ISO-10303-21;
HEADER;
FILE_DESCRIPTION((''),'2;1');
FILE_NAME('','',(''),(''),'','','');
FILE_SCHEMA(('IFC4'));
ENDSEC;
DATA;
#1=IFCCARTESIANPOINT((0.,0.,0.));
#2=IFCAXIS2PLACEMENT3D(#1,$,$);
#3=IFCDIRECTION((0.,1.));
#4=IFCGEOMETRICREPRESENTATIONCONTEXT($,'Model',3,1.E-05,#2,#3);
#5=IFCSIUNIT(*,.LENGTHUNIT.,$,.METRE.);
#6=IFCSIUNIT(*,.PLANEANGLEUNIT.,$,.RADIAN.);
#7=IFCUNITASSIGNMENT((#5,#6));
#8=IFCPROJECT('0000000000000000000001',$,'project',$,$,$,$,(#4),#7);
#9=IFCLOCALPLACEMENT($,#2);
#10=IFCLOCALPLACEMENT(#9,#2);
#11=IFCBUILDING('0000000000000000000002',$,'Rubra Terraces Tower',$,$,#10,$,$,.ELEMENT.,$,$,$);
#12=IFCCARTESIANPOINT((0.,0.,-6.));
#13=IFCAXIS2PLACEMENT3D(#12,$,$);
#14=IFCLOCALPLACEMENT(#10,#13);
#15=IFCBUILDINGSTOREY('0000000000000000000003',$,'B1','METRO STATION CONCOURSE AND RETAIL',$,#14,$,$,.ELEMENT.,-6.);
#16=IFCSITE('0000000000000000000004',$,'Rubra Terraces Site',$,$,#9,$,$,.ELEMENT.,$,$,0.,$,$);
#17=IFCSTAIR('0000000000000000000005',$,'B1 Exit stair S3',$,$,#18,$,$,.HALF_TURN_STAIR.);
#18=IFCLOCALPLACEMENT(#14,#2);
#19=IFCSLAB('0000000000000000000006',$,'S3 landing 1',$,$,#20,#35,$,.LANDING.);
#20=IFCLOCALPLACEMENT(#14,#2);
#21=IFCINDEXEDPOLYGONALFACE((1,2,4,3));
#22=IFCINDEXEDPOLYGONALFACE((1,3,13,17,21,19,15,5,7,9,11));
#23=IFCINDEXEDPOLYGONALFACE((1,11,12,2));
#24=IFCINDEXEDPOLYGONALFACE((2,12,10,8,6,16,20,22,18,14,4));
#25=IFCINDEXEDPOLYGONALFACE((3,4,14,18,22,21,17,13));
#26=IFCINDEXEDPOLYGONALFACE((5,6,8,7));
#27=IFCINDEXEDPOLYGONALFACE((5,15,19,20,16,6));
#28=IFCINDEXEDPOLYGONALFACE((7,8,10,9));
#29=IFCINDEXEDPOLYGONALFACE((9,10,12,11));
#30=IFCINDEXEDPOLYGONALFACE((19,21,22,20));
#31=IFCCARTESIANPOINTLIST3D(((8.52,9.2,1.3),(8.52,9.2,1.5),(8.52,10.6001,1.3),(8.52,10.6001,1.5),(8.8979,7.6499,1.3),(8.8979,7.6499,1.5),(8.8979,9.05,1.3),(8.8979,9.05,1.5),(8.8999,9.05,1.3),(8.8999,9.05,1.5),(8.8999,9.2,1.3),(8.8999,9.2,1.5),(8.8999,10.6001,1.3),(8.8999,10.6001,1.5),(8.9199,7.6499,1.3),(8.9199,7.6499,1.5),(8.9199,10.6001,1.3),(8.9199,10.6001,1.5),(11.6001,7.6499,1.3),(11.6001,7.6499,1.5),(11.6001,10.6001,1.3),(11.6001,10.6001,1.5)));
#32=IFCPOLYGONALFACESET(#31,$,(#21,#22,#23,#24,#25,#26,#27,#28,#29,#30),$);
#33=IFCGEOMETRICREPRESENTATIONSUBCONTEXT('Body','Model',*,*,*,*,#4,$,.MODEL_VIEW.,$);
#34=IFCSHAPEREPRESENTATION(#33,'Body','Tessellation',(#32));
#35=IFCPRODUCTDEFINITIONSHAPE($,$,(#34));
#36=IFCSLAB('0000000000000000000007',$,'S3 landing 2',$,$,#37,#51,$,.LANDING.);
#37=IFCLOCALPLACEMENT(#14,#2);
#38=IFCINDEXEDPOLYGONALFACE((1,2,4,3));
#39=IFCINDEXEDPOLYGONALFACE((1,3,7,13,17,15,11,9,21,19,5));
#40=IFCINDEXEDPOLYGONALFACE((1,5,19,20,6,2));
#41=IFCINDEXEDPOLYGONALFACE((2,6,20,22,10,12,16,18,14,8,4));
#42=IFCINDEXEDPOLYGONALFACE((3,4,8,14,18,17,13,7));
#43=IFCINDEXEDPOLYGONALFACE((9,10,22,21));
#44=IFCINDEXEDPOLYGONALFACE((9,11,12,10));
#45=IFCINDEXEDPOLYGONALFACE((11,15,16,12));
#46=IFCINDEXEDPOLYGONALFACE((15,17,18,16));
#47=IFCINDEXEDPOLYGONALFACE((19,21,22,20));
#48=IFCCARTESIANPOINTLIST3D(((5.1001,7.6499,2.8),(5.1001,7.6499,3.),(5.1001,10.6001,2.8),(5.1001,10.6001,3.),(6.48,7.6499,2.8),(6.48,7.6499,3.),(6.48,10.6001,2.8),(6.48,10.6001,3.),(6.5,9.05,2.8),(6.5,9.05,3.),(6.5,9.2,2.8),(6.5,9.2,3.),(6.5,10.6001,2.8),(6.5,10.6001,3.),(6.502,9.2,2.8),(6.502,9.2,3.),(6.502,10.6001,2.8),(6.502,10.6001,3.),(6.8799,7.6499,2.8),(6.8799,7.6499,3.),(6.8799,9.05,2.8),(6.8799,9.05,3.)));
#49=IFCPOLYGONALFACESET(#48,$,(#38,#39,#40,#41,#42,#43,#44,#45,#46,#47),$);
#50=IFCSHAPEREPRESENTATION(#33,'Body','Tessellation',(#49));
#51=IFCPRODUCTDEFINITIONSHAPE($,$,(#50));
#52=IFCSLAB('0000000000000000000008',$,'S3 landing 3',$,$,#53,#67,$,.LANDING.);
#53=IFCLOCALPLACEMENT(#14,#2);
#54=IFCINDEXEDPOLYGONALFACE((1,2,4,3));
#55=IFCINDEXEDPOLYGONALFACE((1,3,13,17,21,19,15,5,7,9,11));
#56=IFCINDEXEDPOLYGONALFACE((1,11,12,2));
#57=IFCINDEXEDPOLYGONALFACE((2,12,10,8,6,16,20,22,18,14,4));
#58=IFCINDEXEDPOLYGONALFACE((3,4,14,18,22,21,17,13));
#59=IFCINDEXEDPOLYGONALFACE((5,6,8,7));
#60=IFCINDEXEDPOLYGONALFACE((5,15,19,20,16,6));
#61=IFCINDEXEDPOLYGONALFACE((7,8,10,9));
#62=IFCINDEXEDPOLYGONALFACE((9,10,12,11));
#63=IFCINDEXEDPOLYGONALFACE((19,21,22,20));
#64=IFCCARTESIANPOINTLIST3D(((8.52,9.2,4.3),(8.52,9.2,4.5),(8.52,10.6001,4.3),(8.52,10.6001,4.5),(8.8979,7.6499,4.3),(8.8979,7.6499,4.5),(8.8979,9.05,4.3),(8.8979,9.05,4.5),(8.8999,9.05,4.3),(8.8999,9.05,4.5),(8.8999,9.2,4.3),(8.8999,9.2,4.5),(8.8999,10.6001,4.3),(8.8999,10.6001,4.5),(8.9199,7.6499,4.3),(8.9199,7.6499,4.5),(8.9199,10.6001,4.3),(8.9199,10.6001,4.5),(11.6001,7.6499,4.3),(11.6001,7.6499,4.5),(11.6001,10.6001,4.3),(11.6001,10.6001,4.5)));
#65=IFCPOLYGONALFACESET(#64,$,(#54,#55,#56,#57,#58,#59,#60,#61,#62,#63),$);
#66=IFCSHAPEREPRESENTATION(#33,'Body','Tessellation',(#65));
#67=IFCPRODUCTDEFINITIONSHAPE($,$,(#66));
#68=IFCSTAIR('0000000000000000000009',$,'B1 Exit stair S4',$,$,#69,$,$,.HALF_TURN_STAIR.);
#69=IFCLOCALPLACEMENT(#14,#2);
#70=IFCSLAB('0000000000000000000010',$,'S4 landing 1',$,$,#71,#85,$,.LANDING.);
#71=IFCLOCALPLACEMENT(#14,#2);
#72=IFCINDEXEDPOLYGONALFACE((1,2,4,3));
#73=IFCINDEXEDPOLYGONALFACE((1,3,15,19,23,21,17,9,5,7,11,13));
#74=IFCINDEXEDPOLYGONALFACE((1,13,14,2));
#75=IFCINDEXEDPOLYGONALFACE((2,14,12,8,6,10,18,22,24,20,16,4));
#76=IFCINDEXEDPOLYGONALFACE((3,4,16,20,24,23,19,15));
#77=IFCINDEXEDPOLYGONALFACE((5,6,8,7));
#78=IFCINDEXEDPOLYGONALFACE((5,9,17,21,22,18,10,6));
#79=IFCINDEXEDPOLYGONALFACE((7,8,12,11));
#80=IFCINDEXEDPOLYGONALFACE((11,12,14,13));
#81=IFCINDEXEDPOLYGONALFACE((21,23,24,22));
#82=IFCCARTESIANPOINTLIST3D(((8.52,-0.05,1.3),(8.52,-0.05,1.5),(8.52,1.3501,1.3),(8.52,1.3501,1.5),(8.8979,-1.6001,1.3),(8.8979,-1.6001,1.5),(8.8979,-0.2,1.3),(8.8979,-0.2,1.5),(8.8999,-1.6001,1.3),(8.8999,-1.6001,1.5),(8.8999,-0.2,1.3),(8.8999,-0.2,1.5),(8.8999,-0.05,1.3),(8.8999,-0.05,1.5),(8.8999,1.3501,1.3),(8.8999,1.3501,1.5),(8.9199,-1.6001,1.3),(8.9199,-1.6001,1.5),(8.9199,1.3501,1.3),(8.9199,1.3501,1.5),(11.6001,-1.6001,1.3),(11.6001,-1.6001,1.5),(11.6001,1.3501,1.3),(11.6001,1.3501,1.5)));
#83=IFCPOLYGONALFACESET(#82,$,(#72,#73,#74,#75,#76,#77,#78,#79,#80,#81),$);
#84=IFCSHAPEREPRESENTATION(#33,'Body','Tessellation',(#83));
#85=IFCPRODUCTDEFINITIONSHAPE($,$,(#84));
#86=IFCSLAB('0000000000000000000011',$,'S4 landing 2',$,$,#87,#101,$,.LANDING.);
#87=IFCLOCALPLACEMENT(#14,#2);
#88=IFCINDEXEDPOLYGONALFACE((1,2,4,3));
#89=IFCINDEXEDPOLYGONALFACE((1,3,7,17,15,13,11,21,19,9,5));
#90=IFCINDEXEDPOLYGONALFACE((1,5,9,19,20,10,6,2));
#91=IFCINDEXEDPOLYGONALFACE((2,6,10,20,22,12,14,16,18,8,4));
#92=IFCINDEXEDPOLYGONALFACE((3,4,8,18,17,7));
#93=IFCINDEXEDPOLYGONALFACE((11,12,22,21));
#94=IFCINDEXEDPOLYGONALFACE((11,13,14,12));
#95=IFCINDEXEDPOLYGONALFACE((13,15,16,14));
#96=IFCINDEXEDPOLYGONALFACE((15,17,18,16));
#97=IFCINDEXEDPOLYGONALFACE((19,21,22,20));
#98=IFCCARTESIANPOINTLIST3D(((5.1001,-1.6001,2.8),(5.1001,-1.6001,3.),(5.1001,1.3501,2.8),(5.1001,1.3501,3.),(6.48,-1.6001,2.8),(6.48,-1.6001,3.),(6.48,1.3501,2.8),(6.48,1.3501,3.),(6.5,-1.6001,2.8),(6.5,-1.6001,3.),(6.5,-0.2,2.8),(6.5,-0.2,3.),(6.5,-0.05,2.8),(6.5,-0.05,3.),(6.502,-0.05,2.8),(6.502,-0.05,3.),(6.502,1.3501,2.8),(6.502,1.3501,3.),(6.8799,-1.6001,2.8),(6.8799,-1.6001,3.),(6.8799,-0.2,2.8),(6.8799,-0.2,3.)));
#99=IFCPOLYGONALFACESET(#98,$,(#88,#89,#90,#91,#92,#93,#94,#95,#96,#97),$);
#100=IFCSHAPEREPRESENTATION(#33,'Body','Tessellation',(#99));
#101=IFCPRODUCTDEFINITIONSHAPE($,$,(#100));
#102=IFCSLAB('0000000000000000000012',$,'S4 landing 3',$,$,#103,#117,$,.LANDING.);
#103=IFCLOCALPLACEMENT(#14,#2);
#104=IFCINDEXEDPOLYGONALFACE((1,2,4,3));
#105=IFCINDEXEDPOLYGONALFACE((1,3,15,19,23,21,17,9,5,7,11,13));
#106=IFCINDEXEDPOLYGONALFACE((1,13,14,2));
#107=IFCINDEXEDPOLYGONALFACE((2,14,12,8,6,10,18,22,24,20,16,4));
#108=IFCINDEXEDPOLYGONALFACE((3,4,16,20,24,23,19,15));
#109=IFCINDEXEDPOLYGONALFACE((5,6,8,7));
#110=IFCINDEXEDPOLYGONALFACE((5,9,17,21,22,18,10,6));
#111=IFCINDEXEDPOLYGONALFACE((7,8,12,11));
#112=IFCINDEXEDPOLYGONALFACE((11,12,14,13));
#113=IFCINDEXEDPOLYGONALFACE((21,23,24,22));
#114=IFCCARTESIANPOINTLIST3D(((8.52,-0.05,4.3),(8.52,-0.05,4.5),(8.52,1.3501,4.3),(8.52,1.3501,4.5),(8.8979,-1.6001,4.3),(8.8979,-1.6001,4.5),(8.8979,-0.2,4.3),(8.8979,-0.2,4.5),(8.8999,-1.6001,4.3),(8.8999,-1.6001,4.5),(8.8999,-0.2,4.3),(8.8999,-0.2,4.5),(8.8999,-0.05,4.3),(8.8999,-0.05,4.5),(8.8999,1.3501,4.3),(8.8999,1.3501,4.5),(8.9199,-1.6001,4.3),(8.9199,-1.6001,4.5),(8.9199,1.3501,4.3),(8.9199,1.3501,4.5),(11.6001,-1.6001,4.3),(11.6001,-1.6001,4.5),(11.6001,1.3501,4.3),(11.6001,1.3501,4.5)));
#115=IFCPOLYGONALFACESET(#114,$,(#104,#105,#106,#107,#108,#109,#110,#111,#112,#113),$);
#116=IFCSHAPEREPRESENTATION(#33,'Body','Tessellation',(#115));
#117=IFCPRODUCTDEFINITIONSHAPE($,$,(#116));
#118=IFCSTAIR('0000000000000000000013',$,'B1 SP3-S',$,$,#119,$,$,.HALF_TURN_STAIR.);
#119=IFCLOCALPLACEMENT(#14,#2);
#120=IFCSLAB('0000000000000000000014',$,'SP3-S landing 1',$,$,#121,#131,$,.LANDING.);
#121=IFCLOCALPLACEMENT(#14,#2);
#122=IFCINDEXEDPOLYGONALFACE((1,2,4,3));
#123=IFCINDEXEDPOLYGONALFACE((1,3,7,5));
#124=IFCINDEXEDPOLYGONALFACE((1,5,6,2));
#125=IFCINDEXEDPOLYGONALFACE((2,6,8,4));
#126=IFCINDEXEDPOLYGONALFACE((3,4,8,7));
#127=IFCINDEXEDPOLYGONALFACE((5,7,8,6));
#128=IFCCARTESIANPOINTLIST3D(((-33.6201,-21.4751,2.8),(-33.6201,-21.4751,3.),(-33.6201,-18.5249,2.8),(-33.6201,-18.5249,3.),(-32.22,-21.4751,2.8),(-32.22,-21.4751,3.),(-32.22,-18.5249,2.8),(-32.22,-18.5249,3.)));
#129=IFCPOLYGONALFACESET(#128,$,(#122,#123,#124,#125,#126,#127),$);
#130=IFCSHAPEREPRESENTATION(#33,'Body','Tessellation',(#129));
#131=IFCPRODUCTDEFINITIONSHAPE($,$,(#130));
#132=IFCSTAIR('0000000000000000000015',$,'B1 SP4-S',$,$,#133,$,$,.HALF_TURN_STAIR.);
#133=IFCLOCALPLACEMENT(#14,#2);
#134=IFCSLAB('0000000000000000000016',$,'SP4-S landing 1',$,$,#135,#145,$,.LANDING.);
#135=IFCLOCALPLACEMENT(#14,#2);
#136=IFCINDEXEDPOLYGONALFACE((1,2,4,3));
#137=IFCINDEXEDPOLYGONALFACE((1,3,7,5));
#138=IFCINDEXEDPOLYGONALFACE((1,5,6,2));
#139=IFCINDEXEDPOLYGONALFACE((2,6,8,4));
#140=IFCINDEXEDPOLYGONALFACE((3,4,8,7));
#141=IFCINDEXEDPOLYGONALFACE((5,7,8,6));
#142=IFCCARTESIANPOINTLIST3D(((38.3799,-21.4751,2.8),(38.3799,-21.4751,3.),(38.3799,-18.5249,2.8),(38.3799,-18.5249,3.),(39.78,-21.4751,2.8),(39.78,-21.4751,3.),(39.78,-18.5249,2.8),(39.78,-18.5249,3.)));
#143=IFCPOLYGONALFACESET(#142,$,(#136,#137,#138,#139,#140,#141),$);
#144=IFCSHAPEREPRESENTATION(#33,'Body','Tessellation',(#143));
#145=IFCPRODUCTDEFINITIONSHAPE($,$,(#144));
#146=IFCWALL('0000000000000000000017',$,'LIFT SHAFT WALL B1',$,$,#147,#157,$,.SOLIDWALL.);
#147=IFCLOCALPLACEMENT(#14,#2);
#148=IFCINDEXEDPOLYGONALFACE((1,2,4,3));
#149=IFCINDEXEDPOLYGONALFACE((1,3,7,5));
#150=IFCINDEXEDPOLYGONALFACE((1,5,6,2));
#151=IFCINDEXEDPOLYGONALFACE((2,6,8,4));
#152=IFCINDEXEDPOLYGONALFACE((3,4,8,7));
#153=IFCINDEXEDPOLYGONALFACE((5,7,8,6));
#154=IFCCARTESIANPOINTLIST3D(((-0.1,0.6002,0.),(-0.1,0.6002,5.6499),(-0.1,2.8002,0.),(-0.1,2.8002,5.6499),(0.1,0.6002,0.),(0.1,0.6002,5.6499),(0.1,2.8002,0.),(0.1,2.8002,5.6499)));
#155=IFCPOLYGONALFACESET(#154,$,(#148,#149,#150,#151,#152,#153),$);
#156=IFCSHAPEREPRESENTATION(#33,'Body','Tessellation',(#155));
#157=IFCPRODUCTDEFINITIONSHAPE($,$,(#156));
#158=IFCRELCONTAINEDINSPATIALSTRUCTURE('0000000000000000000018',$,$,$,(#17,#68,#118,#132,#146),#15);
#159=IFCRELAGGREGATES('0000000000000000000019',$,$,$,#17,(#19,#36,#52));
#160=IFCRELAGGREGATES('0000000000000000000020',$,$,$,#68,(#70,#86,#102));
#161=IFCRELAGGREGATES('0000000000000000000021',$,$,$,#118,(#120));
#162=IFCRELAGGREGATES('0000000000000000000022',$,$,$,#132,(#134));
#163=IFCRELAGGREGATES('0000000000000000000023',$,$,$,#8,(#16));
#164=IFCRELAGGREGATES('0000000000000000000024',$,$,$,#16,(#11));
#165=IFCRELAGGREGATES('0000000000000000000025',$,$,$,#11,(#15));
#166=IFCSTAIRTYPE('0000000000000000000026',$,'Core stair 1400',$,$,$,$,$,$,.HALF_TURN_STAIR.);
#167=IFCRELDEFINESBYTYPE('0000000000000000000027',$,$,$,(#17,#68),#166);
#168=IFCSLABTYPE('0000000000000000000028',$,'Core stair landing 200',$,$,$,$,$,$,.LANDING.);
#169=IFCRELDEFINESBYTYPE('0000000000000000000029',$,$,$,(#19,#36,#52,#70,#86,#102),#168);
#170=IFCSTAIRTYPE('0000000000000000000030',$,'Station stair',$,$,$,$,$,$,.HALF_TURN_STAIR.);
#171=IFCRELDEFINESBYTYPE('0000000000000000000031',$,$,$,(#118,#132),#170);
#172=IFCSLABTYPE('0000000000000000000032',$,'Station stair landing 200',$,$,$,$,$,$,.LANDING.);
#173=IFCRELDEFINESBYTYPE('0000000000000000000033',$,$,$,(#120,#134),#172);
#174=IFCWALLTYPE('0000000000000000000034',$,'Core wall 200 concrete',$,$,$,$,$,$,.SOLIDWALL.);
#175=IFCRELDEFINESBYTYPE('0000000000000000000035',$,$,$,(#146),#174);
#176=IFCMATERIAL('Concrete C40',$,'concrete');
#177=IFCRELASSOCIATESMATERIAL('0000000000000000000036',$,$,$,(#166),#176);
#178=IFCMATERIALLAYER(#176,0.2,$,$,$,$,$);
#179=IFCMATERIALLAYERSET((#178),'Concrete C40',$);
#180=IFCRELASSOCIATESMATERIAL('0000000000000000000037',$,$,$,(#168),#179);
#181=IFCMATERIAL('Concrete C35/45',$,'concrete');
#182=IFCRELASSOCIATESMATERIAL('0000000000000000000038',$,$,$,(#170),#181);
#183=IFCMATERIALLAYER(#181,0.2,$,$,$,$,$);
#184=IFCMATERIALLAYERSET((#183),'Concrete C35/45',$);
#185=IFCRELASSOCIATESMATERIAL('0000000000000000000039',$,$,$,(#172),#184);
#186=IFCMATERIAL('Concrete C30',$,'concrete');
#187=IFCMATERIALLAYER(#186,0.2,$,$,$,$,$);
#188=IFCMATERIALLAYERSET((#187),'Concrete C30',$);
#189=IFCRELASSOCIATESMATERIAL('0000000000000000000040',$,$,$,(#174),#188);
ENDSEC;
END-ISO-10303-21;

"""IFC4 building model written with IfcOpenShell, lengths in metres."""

from ifc_helpers import new_model, si_unit, direction, frame, frame_2d, origin, place, context, subcontext, project, spatial, polyline, rectangle, outline, extrude, material, layer, layer_set, type_object, element, aggregate, save


model = new_model("IFC4")

# Units and contexts
model_context = context("Model", 3, precision=1e-05, world=origin(), true_north=direction((0.0, 1.0)))
body_context = subcontext(model_context, "Body", "Model", "MODEL_VIEW")
ifc_project = project(units=[si_unit("LENGTHUNIT", "METRE"), si_unit("PLANEANGLEUNIT", "RADIAN")], contexts=[model_context])

# Site, building, storey
site_placement = place(None, origin())
site = spatial("IfcSite", under=ifc_project, at=site_placement, Name="Rubra Terraces Site", CompositionType="ELEMENT", RefElevation=0.0)
building_placement = place(site_placement, origin())
building = spatial("IfcBuilding", under=site, at=building_placement, Name="Rubra Terraces Tower", CompositionType="ELEMENT")
storey_placement = place(building_placement, frame((0.0, 0.0, -6.0)))
storey = spatial("IfcBuildingStorey", under=building, at=storey_placement, Name="B1", Description="METRO STATION CONCOURSE AND RETAIL", CompositionType="ELEMENT", Elevation=-6.0)

# Shared definitions
ifc_material_1 = material(Name="Concrete C40", Category="concrete")

# Stairs, slabs
stair_type_1 = type_object("IfcStairType", Name="Core stair 1400", PredefinedType="HALF_TURN_STAIR", material=ifc_material_1)
ifc_layer_1 = layer(ifc_material_1, 0.2)
ifc_layer_set_1 = layer_set([ifc_layer_1], Name="Concrete C40")
slab_type_1 = type_object("IfcSlabType", Name="Core stair landing 200", PredefinedType="LANDING", material=ifc_layer_set_1)
stair_1_placement = place(storey_placement, origin())
stair_1 = element("IfcStair", 1, at=stair_1_placement, inside=storey, type_object=stair_type_1, Name="B1 Exit stair S3", PredefinedType="HALF_TURN_STAIR")
slab_1_placement = place(storey_placement, frame((0.0, 0.0, 1.3)))
slab_1 = element("IfcSlab", 2, at=slab_1_placement, type_object=slab_type_1, Name="S3 landing 1", PredefinedType="LANDING", context=body_context, shape_type="SweptSolid", body=[
    extrude(outline(polyline([(8.8999, 9.05), (8.8999, 9.2), (8.52, 9.2), (8.52, 10.6001), (8.8999, 10.6001), (8.9199, 10.6001), (11.6001, 10.6001), (11.6001, 7.6499), (8.9199, 7.6499), (8.8979, 7.6499), (8.8979, 9.05), (8.8999, 9.05)])), origin(), (0.0, 0.0, 1.0), 0.2),
])
slab_2_placement = place(storey_placement, frame((0.0, 0.0, 2.8)))
slab_2 = element("IfcSlab", 3, at=slab_2_placement, type_object=slab_type_1, Name="S3 landing 2", PredefinedType="LANDING", context=body_context, shape_type="SweptSolid", body=[
    extrude(outline(polyline([(6.8799, 9.05), (6.8799, 7.6499), (6.48, 7.6499), (5.1001, 7.6499), (5.1001, 10.6001), (6.48, 10.6001), (6.5, 10.6001), (6.502, 10.6001), (6.502, 9.2), (6.5, 9.2), (6.5, 9.05), (6.8799, 9.05)])), origin(), (0.0, 0.0, 1.0), 0.2),
])
slab_3_placement = place(storey_placement, frame((0.0, 0.0, 4.3)))
slab_3 = element("IfcSlab", 4, at=slab_3_placement, type_object=slab_type_1, Name="S3 landing 3", PredefinedType="LANDING", context=body_context, shape_type="SweptSolid", body=[
    extrude(outline(polyline([(8.8999, 9.05), (8.8999, 9.2), (8.52, 9.2), (8.52, 10.6001), (8.8999, 10.6001), (8.9199, 10.6001), (11.6001, 10.6001), (11.6001, 7.6499), (8.9199, 7.6499), (8.8979, 7.6499), (8.8979, 9.05), (8.8999, 9.05)])), origin(), (0.0, 0.0, 1.0), 0.2),
])
aggregate(stair_1, [slab_1, slab_2, slab_3])
stair_2_placement = place(storey_placement, origin())
stair_2 = element("IfcStair", 5, at=stair_2_placement, inside=storey, type_object=stair_type_1, Name="B1 Exit stair S4", PredefinedType="HALF_TURN_STAIR")
slab_4_placement = place(storey_placement, frame((0.0, 0.0, 1.3)))
slab_4 = element("IfcSlab", 6, at=slab_4_placement, type_object=slab_type_1, Name="S4 landing 1", PredefinedType="LANDING", context=body_context, shape_type="SweptSolid", body=[
    extrude(outline(polyline([(8.8999, -0.2), (8.8999, -0.05), (8.52, -0.05), (8.52, 1.3501), (8.8999, 1.3501), (8.9199, 1.3501), (11.6001, 1.3501), (11.6001, -1.6001), (8.9199, -1.6001), (8.8999, -1.6001), (8.8979, -1.6001), (8.8979, -0.2), (8.8999, -0.2)])), origin(), (0.0, 0.0, 1.0), 0.2),
])
slab_5_placement = place(storey_placement, frame((0.0, 0.0, 2.8)))
slab_5 = element("IfcSlab", 7, at=slab_5_placement, type_object=slab_type_1, Name="S4 landing 2", PredefinedType="LANDING", context=body_context, shape_type="SweptSolid", body=[
    extrude(outline(polyline([(6.8799, -0.2), (6.8799, -1.6001), (6.5, -1.6001), (6.48, -1.6001), (5.1001, -1.6001), (5.1001, 1.3501), (6.48, 1.3501), (6.502, 1.3501), (6.502, -0.05), (6.5, -0.05), (6.5, -0.2), (6.8799, -0.2)])), origin(), (0.0, 0.0, 1.0), 0.2),
])
slab_6_placement = place(storey_placement, frame((0.0, 0.0, 4.3)))
slab_6 = element("IfcSlab", 8, at=slab_6_placement, type_object=slab_type_1, Name="S4 landing 3", PredefinedType="LANDING", context=body_context, shape_type="SweptSolid", body=[
    extrude(outline(polyline([(8.8999, -0.2), (8.8999, -0.05), (8.52, -0.05), (8.52, 1.3501), (8.8999, 1.3501), (8.9199, 1.3501), (11.6001, 1.3501), (11.6001, -1.6001), (8.9199, -1.6001), (8.8999, -1.6001), (8.8979, -1.6001), (8.8979, -0.2), (8.8999, -0.2)])), origin(), (0.0, 0.0, 1.0), 0.2),
])
aggregate(stair_2, [slab_4, slab_5, slab_6])

# Stairs, slabs
ifc_material_2 = material(Name="Concrete C35/45", Category="concrete")
stair_type_2 = type_object("IfcStairType", Name="Station stair", PredefinedType="HALF_TURN_STAIR", material=ifc_material_2)
stair_3_placement = place(storey_placement, origin())
stair_3 = element("IfcStair", 9, at=stair_3_placement, inside=storey, type_object=stair_type_2, Name="B1 SP3-S", PredefinedType="HALF_TURN_STAIR")
ifc_layer_2 = layer(ifc_material_2, 0.2)
ifc_layer_set_2 = layer_set([ifc_layer_2], Name="Concrete C35/45")
slab_type_2 = type_object("IfcSlabType", Name="Station stair landing 200", PredefinedType="LANDING", material=ifc_layer_set_2)
slab_7_placement = place(storey_placement, frame((0.0, 0.0, 2.8)))
slab_7 = element("IfcSlab", 10, at=slab_7_placement, type_object=slab_type_2, Name="SP3-S landing 1", PredefinedType="LANDING", context=body_context, shape_type="SweptSolid", body=[
    extrude(outline(polyline([(-33.6201, -21.4751), (-32.22, -21.4751), (-32.22, -18.5249), (-33.6201, -18.5249), (-33.6201, -21.4751)])), origin(), (0.0, 0.0, 1.0), 0.2),
])
aggregate(stair_3, [slab_7])
stair_4_placement = place(storey_placement, origin())
stair_4 = element("IfcStair", 11, at=stair_4_placement, inside=storey, type_object=stair_type_2, Name="B1 SP4-S", PredefinedType="HALF_TURN_STAIR")
slab_8_placement = place(storey_placement, frame((0.0, 0.0, 2.8)))
slab_8 = element("IfcSlab", 12, at=slab_8_placement, type_object=slab_type_2, Name="SP4-S landing 1", PredefinedType="LANDING", context=body_context, shape_type="SweptSolid", body=[
    extrude(outline(polyline([(38.3799, -21.4751), (39.78, -21.4751), (39.78, -18.5249), (38.3799, -18.5249), (38.3799, -21.4751)])), origin(), (0.0, 0.0, 1.0), 0.2),
])
aggregate(stair_4, [slab_8])

# Wall
ifc_material_3 = material(Name="Concrete C30", Category="concrete")
ifc_layer_3 = layer(ifc_material_3, 0.2)
ifc_layer_set_3 = layer_set([ifc_layer_3], Name="Concrete C30")
wall_type = type_object("IfcWallType", Name="Core wall 200 concrete", PredefinedType="SOLIDWALL", material=ifc_layer_set_3)
wall_placement = place(storey_placement, frame((0.0, 0.6001, 0.0), z_axis=(0.0, 0.0, 1.0), x_axis=(0.0, 1.0, 0.0)))
element("IfcWall", 13, at=wall_placement, inside=storey, type_object=wall_type, Name="LIFT SHAFT WALL B1", PredefinedType="SOLIDWALL", context=body_context, shape_type="SweptSolid", body=[
    extrude(rectangle(XDim=2.2, YDim=0.2, at=frame_2d((1.1001, 0.0))), origin(), (0.0, 0.0, 1.0), 5.6499),
])

save(model, "model.ifc")
